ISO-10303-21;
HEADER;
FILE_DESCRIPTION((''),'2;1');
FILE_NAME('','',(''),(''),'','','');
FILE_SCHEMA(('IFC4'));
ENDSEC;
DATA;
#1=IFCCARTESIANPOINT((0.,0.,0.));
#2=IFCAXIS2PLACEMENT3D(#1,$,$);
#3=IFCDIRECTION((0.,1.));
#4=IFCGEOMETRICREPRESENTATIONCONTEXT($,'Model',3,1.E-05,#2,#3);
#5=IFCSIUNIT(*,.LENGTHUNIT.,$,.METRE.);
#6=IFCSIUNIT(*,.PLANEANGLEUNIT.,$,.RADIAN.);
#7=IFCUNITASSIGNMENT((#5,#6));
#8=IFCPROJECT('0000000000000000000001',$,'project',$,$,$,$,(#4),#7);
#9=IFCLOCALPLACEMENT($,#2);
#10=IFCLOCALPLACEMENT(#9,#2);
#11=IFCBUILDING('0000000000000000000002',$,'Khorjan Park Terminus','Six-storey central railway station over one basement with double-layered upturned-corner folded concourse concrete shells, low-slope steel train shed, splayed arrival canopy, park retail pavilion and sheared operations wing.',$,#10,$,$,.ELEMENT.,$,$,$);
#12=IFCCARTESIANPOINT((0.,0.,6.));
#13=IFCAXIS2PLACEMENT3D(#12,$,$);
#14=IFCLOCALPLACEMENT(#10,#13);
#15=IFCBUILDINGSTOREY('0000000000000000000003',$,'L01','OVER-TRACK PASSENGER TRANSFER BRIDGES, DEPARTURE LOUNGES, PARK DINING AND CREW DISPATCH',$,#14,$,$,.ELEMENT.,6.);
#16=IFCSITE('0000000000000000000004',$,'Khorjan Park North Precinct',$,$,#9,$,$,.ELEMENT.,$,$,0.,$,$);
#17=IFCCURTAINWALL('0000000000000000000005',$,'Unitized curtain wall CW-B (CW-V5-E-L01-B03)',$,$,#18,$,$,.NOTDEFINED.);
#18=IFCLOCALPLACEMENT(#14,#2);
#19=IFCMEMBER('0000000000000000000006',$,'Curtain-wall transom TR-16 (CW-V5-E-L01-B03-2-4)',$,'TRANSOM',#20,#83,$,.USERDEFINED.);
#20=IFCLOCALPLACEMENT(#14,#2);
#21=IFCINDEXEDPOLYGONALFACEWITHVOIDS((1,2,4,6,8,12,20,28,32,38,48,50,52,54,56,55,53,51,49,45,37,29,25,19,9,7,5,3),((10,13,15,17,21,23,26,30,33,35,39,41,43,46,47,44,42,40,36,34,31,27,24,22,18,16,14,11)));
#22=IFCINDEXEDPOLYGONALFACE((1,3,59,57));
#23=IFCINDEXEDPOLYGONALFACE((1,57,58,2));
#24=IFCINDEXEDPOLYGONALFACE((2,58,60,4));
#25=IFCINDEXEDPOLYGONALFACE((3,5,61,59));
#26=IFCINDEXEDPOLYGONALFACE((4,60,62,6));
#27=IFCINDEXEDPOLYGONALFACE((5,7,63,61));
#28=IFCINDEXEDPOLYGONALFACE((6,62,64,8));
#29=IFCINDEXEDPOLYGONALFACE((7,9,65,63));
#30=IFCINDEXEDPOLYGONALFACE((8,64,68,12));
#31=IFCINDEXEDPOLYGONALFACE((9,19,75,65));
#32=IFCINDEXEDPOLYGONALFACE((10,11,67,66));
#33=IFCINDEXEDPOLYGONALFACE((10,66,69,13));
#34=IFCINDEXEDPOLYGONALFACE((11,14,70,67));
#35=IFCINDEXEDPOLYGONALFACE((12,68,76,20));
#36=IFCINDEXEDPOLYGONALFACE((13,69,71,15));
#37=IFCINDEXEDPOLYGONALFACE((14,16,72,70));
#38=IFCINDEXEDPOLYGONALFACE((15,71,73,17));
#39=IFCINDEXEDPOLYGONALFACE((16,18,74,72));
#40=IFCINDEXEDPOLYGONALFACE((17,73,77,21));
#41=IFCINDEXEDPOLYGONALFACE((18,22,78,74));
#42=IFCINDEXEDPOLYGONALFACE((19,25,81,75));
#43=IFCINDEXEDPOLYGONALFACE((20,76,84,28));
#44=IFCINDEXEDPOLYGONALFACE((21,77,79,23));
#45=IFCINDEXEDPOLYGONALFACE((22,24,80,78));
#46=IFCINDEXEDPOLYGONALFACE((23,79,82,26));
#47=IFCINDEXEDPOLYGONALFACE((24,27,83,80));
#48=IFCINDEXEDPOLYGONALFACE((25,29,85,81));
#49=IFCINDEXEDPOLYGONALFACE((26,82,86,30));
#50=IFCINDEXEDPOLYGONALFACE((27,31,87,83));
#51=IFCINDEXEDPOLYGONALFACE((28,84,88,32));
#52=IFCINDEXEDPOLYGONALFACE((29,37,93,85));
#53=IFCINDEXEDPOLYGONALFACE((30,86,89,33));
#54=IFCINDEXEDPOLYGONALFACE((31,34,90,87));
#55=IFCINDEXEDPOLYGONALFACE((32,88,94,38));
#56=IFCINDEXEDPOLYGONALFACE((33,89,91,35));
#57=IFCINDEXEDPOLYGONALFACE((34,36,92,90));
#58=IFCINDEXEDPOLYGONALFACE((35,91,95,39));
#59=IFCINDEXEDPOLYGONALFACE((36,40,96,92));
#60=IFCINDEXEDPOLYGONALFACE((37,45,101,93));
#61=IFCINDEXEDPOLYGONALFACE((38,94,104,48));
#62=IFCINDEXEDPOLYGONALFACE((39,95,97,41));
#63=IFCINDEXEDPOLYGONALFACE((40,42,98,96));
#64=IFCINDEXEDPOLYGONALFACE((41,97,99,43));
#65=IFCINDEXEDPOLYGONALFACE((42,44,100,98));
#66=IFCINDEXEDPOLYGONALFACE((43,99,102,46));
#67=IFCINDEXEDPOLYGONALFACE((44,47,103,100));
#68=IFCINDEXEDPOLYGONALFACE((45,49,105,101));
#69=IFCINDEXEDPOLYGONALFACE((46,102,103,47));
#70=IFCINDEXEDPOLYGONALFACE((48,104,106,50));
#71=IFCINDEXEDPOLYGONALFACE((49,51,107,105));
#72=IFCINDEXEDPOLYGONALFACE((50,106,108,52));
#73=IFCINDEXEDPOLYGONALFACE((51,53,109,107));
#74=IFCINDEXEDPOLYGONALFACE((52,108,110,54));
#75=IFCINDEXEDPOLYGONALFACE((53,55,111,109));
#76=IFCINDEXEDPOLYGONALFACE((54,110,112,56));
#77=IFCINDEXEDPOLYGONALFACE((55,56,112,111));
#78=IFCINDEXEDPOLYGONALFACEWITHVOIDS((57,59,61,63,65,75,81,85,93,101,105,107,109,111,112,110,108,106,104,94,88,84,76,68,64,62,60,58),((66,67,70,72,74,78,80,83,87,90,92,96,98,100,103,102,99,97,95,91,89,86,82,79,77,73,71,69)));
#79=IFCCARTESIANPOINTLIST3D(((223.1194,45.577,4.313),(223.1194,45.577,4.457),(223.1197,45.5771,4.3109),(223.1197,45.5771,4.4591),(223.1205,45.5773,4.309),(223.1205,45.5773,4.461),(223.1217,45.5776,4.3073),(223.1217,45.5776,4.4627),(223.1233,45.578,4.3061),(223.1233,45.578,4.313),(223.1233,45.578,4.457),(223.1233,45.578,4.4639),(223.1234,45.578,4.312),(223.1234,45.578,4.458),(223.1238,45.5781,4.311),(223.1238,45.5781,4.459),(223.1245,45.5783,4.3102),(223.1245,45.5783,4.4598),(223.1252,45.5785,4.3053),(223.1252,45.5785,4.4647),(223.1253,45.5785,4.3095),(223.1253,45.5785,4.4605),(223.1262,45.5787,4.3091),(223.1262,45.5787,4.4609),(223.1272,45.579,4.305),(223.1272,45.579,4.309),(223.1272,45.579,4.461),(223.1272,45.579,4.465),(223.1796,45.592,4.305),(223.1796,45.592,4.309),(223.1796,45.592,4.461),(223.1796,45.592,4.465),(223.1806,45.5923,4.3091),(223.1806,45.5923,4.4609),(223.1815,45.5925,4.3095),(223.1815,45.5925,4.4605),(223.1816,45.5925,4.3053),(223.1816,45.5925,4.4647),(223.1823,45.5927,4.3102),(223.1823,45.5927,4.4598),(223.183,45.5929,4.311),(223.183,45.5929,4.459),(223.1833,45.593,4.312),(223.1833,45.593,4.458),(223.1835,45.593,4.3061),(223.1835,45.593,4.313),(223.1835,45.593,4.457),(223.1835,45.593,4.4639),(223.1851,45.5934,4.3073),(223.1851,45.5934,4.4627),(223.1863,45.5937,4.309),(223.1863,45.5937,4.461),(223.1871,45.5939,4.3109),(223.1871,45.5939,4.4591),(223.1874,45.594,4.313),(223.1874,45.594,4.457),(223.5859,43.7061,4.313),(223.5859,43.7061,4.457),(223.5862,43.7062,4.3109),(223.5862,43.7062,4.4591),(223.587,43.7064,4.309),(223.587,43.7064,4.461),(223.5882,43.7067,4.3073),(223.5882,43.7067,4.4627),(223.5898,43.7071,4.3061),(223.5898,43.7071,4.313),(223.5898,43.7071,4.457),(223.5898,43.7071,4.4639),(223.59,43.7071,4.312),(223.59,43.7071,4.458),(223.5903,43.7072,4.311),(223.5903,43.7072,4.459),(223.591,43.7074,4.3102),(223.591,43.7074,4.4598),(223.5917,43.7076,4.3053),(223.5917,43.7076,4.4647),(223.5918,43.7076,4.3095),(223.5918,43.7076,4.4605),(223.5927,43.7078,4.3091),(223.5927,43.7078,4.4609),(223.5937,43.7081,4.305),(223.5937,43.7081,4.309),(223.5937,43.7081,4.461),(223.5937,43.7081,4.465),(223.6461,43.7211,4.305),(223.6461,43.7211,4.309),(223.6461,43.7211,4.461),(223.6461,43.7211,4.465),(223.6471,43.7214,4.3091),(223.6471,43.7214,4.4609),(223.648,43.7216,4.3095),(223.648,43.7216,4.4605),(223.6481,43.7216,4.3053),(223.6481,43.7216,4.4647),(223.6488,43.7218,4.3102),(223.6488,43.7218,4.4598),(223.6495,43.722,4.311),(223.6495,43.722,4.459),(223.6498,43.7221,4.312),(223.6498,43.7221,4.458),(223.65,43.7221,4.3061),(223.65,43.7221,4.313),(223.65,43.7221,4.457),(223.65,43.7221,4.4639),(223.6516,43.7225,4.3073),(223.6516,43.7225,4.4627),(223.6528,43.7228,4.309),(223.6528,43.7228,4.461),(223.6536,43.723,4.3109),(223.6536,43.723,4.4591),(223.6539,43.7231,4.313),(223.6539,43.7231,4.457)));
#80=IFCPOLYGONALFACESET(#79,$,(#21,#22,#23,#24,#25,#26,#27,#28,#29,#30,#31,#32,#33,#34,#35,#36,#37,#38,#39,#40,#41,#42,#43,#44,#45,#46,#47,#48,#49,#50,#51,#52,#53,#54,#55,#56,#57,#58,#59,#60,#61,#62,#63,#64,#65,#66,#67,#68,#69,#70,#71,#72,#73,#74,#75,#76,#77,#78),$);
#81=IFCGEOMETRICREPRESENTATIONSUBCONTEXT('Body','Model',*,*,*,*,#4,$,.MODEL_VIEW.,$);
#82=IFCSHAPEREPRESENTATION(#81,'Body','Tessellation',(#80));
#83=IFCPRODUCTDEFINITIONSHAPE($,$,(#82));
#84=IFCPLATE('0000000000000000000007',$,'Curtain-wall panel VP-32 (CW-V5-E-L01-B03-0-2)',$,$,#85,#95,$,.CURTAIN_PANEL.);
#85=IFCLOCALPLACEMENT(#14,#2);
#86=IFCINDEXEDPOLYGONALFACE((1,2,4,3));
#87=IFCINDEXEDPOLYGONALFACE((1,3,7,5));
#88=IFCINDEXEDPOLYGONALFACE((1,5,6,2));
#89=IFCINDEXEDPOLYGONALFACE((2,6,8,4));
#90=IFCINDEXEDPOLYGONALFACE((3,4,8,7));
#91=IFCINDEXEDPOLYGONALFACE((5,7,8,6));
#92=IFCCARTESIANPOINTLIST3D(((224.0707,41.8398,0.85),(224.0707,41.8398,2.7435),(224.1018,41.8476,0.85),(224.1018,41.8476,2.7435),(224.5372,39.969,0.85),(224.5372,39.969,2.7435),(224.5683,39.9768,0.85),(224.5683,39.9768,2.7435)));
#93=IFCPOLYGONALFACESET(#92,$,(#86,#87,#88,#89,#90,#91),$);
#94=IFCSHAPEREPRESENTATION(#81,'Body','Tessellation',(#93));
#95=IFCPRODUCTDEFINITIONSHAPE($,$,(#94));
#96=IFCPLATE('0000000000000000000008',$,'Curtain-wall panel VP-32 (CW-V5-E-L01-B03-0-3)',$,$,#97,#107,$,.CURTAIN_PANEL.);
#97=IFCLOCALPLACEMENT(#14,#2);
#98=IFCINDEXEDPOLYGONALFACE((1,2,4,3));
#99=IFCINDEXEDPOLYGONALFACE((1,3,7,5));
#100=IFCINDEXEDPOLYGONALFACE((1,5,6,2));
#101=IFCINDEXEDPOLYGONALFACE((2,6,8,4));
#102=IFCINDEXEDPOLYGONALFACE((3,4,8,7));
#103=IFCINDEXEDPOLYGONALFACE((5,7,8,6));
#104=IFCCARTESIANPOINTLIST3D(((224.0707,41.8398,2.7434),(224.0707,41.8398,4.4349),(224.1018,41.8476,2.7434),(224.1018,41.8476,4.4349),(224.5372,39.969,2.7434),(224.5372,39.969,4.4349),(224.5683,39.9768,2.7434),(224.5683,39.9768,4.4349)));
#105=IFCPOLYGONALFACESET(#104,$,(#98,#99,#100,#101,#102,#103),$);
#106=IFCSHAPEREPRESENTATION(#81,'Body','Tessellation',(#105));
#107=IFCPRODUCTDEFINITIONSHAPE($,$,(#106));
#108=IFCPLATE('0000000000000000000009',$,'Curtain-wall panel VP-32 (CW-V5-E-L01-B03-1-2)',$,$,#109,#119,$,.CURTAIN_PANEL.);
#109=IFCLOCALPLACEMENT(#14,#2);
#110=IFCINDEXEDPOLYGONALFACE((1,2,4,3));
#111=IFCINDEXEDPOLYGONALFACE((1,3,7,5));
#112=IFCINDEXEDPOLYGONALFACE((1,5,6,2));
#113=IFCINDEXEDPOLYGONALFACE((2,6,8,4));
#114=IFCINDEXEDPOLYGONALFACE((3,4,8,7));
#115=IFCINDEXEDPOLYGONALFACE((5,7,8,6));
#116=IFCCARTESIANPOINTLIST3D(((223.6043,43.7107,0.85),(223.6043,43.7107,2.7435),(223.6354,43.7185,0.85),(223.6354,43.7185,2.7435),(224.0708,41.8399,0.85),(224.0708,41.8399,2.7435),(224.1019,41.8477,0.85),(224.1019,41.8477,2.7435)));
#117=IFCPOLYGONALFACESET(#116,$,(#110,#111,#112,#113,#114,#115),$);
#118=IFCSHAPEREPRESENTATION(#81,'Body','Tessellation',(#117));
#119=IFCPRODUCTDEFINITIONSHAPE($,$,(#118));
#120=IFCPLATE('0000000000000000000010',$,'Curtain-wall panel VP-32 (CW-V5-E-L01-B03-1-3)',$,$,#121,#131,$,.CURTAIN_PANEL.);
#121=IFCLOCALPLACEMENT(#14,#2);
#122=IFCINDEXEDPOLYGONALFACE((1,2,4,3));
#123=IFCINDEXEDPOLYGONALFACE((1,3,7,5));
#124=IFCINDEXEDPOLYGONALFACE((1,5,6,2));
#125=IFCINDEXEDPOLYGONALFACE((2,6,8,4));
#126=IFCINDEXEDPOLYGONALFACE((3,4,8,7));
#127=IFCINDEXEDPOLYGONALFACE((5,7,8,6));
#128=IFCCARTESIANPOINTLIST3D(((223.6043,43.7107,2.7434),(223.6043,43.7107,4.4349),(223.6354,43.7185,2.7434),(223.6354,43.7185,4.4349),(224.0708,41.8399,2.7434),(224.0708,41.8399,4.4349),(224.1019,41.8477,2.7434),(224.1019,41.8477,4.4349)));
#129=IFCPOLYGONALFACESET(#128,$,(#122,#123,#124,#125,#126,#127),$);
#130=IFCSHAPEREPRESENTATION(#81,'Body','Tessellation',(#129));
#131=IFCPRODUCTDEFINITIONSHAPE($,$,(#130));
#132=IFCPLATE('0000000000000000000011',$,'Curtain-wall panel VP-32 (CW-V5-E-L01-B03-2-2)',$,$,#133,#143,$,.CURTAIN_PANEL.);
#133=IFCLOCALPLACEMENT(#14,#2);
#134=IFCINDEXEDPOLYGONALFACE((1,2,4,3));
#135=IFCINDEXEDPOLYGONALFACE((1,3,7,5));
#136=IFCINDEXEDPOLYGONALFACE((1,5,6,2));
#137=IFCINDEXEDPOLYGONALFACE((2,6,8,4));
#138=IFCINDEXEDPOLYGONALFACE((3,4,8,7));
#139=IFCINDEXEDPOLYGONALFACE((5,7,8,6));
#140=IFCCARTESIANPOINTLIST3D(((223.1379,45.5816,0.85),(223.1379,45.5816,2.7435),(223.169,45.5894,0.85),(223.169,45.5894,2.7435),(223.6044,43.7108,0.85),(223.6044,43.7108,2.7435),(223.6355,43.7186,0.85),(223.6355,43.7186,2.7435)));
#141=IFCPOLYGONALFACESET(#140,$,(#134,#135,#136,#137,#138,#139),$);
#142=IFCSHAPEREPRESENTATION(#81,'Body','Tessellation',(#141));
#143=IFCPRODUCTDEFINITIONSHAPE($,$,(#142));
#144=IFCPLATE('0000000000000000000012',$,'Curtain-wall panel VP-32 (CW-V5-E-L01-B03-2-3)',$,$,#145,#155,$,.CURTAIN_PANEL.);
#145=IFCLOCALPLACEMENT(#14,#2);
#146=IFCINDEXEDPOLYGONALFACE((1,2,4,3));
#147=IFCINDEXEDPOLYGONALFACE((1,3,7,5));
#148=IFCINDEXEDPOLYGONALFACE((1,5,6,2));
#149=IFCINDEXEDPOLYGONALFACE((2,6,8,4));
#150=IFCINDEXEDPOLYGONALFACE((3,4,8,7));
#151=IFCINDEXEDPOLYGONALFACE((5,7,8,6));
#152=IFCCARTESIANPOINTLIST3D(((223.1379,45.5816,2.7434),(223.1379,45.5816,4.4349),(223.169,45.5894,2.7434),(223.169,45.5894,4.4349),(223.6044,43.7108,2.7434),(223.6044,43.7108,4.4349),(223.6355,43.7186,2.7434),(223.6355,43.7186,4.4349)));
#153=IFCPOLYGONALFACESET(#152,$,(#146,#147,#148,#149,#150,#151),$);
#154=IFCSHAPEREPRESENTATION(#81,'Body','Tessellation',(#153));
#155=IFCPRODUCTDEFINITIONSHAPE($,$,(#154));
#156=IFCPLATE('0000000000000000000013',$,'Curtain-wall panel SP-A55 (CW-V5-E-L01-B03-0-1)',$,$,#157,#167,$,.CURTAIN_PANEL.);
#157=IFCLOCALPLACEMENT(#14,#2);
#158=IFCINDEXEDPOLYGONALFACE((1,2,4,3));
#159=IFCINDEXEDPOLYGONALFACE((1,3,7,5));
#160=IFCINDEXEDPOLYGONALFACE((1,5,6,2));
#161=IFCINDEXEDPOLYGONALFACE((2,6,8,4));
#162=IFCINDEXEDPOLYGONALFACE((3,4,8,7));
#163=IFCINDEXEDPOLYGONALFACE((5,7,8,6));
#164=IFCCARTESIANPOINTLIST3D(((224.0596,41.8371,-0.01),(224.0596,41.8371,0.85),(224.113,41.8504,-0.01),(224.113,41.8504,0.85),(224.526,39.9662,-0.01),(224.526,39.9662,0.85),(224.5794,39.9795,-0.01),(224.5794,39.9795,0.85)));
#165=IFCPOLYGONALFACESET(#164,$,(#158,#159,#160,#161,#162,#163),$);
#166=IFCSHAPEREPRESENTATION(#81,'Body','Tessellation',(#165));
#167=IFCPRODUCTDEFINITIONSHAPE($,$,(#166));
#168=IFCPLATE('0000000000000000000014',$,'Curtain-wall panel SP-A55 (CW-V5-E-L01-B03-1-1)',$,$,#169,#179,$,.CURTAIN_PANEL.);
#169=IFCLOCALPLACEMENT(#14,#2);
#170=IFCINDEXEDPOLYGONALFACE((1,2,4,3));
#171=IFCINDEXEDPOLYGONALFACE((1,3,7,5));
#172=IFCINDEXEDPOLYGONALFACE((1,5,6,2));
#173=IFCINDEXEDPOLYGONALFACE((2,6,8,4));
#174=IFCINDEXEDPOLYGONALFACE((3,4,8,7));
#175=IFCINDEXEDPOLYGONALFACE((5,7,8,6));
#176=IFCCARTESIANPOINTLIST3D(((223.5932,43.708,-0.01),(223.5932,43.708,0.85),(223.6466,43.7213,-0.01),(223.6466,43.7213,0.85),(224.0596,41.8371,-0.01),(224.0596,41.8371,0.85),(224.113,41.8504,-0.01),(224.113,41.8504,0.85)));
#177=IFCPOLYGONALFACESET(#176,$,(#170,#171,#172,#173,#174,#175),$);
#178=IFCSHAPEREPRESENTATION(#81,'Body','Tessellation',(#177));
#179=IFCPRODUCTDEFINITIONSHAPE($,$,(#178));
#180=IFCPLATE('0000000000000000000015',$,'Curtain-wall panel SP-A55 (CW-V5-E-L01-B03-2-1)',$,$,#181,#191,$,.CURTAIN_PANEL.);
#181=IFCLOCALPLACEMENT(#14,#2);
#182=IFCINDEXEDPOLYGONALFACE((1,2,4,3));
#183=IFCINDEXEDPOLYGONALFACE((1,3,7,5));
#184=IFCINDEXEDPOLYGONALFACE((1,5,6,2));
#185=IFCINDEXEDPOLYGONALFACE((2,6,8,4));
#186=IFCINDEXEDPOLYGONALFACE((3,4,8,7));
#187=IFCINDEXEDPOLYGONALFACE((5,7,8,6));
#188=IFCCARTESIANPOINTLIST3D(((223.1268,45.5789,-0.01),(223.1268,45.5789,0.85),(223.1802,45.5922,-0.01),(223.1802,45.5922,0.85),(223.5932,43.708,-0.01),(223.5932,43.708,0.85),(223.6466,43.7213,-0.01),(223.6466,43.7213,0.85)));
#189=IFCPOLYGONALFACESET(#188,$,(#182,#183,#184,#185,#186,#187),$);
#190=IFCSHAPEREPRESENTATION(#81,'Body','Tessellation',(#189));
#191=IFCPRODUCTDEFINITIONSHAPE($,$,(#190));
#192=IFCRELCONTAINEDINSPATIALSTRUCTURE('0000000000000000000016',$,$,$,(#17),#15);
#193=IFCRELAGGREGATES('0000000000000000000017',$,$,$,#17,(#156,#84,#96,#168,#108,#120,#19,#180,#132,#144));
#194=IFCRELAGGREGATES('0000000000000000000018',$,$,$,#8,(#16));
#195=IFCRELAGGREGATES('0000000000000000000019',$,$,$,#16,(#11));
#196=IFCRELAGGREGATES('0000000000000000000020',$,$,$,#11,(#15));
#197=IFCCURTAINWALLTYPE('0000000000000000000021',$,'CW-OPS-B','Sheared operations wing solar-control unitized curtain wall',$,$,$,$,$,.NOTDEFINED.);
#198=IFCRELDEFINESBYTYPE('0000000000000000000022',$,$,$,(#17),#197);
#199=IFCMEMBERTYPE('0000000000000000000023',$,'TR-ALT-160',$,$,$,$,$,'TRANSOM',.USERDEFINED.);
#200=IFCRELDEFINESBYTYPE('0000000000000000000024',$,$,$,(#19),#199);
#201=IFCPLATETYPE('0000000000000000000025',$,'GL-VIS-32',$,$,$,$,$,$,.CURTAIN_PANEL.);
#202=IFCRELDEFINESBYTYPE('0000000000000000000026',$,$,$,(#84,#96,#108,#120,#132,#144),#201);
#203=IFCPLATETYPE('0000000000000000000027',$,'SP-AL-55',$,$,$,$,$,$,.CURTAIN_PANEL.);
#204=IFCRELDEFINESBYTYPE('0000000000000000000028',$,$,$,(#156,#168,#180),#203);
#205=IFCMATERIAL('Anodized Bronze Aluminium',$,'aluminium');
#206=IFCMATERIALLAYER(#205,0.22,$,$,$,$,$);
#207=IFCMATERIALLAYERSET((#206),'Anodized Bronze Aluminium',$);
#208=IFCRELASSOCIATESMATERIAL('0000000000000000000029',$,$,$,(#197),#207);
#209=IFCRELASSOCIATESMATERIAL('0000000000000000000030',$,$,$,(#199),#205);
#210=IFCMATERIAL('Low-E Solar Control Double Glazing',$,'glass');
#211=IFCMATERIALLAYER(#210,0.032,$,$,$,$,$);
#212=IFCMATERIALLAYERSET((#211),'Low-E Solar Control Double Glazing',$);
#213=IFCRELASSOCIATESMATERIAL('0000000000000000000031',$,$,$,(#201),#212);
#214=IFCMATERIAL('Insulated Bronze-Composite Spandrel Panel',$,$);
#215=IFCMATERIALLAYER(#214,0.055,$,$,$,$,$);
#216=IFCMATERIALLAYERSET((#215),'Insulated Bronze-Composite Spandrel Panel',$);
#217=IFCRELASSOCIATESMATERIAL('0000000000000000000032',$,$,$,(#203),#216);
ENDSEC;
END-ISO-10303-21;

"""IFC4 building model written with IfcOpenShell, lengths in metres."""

from ifc_helpers import new_model, si_unit, direction, frame, origin, origin_2d, place, context, subcontext, project, spatial, rectangle, hollow_rectangle, extrude, material, layer, layer_set, material_profile, profile_set, type_object, element, aggregate, save


model = new_model("IFC4")

# Units and contexts
model_context = context("Model", 3, precision=1e-05, world=origin(), true_north=direction((0.0, 1.0)))
body_context = subcontext(model_context, "Body", "Model", "MODEL_VIEW")
ifc_project = project(units=[si_unit("LENGTHUNIT", "METRE"), si_unit("PLANEANGLEUNIT", "RADIAN")], contexts=[model_context])

# Site, building, storey
site_placement = place(None, origin())
site = spatial("IfcSite", under=ifc_project, at=site_placement, Name="Khorjan Park North Precinct", CompositionType="ELEMENT", RefElevation=0.0)
building_placement = place(site_placement, origin())
building = spatial("IfcBuilding", under=site, at=building_placement, Name="Khorjan Park Terminus", Description="Six-storey central railway station over one basement with double-layered upturned-corner folded concourse concrete shells, low-slope steel train shed, splayed arrival canopy, park retail pavilion and sheared operations wing.", CompositionType="ELEMENT")
storey_placement = place(building_placement, frame((0.0, 0.0, 6.0)))
storey = spatial("IfcBuildingStorey", under=building, at=storey_placement, Name="L01", Description="OVER-TRACK PASSENGER TRANSFER BRIDGES, DEPARTURE LOUNGES, PARK DINING AND CREW DISPATCH", CompositionType="ELEMENT", Elevation=6.0)

# Curtain wall, member, plates
ifc_material_1 = material(Name="Anodized Bronze Aluminium", Category="aluminium")
ifc_layer_1 = layer(ifc_material_1, 0.22)
ifc_layer_set_1 = layer_set([ifc_layer_1], Name="Anodized Bronze Aluminium")
curtain_wall_type = type_object("IfcCurtainWallType", Name="CW-OPS-B", Description="Sheared operations wing solar-control unitized curtain wall", PredefinedType="NOTDEFINED", material=ifc_layer_set_1)
curtain_wall_placement = place(storey_placement, origin())
curtain_wall = element("IfcCurtainWall", 1, at=curtain_wall_placement, inside=storey, type_object=curtain_wall_type, Name="Unitized curtain wall CW-B (CW-V5-E-L01-B03)", PredefinedType="NOTDEFINED")
ifc_material_profile_1 = material_profile(ifc_material_1, hollow_rectangle(XDim=0.07, YDim=0.16, WallThickness=0.004, InnerFilletRadius=0.004, OuterFilletRadius=0.008, at=origin_2d()), Name="ALT 70x160x4")
ifc_profile_set_1 = profile_set([ifc_material_profile_1], Name="Anodized Bronze Aluminium")
member_type_1 = type_object("IfcMemberType", Name="TR-ALT-160", ElementType="TRANSOM", PredefinedType="USERDEFINED", material=ifc_profile_set_1)
member_1_placement = place(storey_placement, frame((223.6199, 43.7146, 4.385), z_axis=(-0.241938, 0.970292, 0.0), x_axis=(-0.970292, -0.241938, 0.0)))
member_1 = element("IfcMember", 2, at=member_1_placement, type_object=member_type_1, Name="Curtain-wall transom TR-16 (CW-V5-E-L01-B03-2-4)", ObjectType="TRANSOM", PredefinedType="USERDEFINED", context=body_context, shape_type="SweptSolid", body=[
    extrude(hollow_rectangle(XDim=0.07, YDim=0.16, WallThickness=0.004, InnerFilletRadius=0.004, OuterFilletRadius=0.008, at=origin_2d()), origin(), (0.0, 0.0, 1.0), 1.9282),
])
ifc_material_2 = material(Name="Low-E Solar Control Double Glazing", Category="glass")
ifc_layer_2 = layer(ifc_material_2, 0.032)
ifc_layer_set_2 = layer_set([ifc_layer_2], Name="Low-E Solar Control Double Glazing")
plate_type_1 = type_object("IfcPlateType", Name="GL-VIS-32", PredefinedType="CURTAIN_PANEL", material=ifc_layer_set_2)
plate_1_placement = place(storey_placement, frame((224.3195, 40.9083, 0.85), z_axis=(0.0, 0.0, 1.0), x_axis=(-0.241923, 0.970295, 0.0)))
plate_1 = element("IfcPlate", 3, at=plate_1_placement, type_object=plate_type_1, Name="Curtain-wall panel VP-32 (CW-V5-E-L01-B03-0-2)", PredefinedType="CURTAIN_PANEL", context=body_context, shape_type="SweptSolid", body=[
    extrude(rectangle(XDim=1.9281, YDim=0.032, at=origin_2d()), origin(), (0.0, 0.0, 1.0), 1.8935),
])
plate_2_placement = place(storey_placement, frame((224.3195, 40.9083, 2.7434), z_axis=(0.0, 0.0, 1.0), x_axis=(-0.241923, 0.970295, 0.0)))
plate_2 = element("IfcPlate", 4, at=plate_2_placement, type_object=plate_type_1, Name="Curtain-wall panel VP-32 (CW-V5-E-L01-B03-0-3)", PredefinedType="CURTAIN_PANEL", context=body_context, shape_type="SweptSolid", body=[
    extrude(rectangle(XDim=1.9281, YDim=0.032, at=origin_2d()), origin(), (0.0, 0.0, 1.0), 1.6915),
])
plate_3_placement = place(storey_placement, frame((223.8531, 42.7792, 0.85), z_axis=(0.0, 0.0, 1.0), x_axis=(-0.241923, 0.970295, 0.0)))
plate_3 = element("IfcPlate", 5, at=plate_3_placement, type_object=plate_type_1, Name="Curtain-wall panel VP-32 (CW-V5-E-L01-B03-1-2)", PredefinedType="CURTAIN_PANEL", context=body_context, shape_type="SweptSolid", body=[
    extrude(rectangle(XDim=1.9281, YDim=0.032, at=origin_2d()), origin(), (0.0, 0.0, 1.0), 1.8935),
])
plate_4_placement = place(storey_placement, frame((223.8531, 42.7792, 2.7434), z_axis=(0.0, 0.0, 1.0), x_axis=(-0.241923, 0.970295, 0.0)))
plate_4 = element("IfcPlate", 6, at=plate_4_placement, type_object=plate_type_1, Name="Curtain-wall panel VP-32 (CW-V5-E-L01-B03-1-3)", PredefinedType="CURTAIN_PANEL", context=body_context, shape_type="SweptSolid", body=[
    extrude(rectangle(XDim=1.9281, YDim=0.032, at=origin_2d()), origin(), (0.0, 0.0, 1.0), 1.6915),
])
plate_5_placement = place(storey_placement, frame((223.3867, 44.6501, 0.85), z_axis=(0.0, 0.0, 1.0), x_axis=(-0.241923, 0.970295, 0.0)))
plate_5 = element("IfcPlate", 7, at=plate_5_placement, type_object=plate_type_1, Name="Curtain-wall panel VP-32 (CW-V5-E-L01-B03-2-2)", PredefinedType="CURTAIN_PANEL", context=body_context, shape_type="SweptSolid", body=[
    extrude(rectangle(XDim=1.9281, YDim=0.032, at=origin_2d()), origin(), (0.0, 0.0, 1.0), 1.8935),
])
plate_6_placement = place(storey_placement, frame((223.3867, 44.6501, 2.7434), z_axis=(0.0, 0.0, 1.0), x_axis=(-0.241923, 0.970295, 0.0)))
plate_6 = element("IfcPlate", 8, at=plate_6_placement, type_object=plate_type_1, Name="Curtain-wall panel VP-32 (CW-V5-E-L01-B03-2-3)", PredefinedType="CURTAIN_PANEL", context=body_context, shape_type="SweptSolid", body=[
    extrude(rectangle(XDim=1.9281, YDim=0.032, at=origin_2d()), origin(), (0.0, 0.0, 1.0), 1.6915),
])
ifc_material_3 = material(Name="Insulated Bronze-Composite Spandrel Panel")
ifc_layer_3 = layer(ifc_material_3, 0.055)
ifc_layer_set_3 = layer_set([ifc_layer_3], Name="Insulated Bronze-Composite Spandrel Panel")
plate_type_2 = type_object("IfcPlateType", Name="SP-AL-55", PredefinedType="CURTAIN_PANEL", material=ifc_layer_set_3)
plate_7_placement = place(storey_placement, frame((224.3195, 40.9083, -0.01), z_axis=(0.0, 0.0, 1.0), x_axis=(-0.241923, 0.970295, 0.0)))
plate_7 = element("IfcPlate", 9, at=plate_7_placement, type_object=plate_type_2, Name="Curtain-wall panel SP-A55 (CW-V5-E-L01-B03-0-1)", PredefinedType="CURTAIN_PANEL", context=body_context, shape_type="SweptSolid", body=[
    extrude(rectangle(XDim=1.9281, YDim=0.055, at=origin_2d()), origin(), (0.0, 0.0, 1.0), 0.86),
])
plate_8_placement = place(storey_placement, frame((223.8531, 42.7792, -0.01), z_axis=(0.0, 0.0, 1.0), x_axis=(-0.241923, 0.970295, 0.0)))
plate_8 = element("IfcPlate", 10, at=plate_8_placement, type_object=plate_type_2, Name="Curtain-wall panel SP-A55 (CW-V5-E-L01-B03-1-1)", PredefinedType="CURTAIN_PANEL", context=body_context, shape_type="SweptSolid", body=[
    extrude(rectangle(XDim=1.9281, YDim=0.055, at=origin_2d()), origin(), (0.0, 0.0, 1.0), 0.86),
])
plate_9_placement = place(storey_placement, frame((223.3867, 44.6501, -0.01), z_axis=(0.0, 0.0, 1.0), x_axis=(-0.241923, 0.970295, 0.0)))
plate_9 = element("IfcPlate", 11, at=plate_9_placement, type_object=plate_type_2, Name="Curtain-wall panel SP-A55 (CW-V5-E-L01-B03-2-1)", PredefinedType="CURTAIN_PANEL", context=body_context, shape_type="SweptSolid", body=[
    extrude(rectangle(XDim=1.9281, YDim=0.055, at=origin_2d()), origin(), (0.0, 0.0, 1.0), 0.86),
])
aggregate(curtain_wall, [plate_7, plate_1, plate_2, plate_8, plate_3, plate_4, member_1, plate_9, plate_5, plate_6])

save(model, "model.ifc")
